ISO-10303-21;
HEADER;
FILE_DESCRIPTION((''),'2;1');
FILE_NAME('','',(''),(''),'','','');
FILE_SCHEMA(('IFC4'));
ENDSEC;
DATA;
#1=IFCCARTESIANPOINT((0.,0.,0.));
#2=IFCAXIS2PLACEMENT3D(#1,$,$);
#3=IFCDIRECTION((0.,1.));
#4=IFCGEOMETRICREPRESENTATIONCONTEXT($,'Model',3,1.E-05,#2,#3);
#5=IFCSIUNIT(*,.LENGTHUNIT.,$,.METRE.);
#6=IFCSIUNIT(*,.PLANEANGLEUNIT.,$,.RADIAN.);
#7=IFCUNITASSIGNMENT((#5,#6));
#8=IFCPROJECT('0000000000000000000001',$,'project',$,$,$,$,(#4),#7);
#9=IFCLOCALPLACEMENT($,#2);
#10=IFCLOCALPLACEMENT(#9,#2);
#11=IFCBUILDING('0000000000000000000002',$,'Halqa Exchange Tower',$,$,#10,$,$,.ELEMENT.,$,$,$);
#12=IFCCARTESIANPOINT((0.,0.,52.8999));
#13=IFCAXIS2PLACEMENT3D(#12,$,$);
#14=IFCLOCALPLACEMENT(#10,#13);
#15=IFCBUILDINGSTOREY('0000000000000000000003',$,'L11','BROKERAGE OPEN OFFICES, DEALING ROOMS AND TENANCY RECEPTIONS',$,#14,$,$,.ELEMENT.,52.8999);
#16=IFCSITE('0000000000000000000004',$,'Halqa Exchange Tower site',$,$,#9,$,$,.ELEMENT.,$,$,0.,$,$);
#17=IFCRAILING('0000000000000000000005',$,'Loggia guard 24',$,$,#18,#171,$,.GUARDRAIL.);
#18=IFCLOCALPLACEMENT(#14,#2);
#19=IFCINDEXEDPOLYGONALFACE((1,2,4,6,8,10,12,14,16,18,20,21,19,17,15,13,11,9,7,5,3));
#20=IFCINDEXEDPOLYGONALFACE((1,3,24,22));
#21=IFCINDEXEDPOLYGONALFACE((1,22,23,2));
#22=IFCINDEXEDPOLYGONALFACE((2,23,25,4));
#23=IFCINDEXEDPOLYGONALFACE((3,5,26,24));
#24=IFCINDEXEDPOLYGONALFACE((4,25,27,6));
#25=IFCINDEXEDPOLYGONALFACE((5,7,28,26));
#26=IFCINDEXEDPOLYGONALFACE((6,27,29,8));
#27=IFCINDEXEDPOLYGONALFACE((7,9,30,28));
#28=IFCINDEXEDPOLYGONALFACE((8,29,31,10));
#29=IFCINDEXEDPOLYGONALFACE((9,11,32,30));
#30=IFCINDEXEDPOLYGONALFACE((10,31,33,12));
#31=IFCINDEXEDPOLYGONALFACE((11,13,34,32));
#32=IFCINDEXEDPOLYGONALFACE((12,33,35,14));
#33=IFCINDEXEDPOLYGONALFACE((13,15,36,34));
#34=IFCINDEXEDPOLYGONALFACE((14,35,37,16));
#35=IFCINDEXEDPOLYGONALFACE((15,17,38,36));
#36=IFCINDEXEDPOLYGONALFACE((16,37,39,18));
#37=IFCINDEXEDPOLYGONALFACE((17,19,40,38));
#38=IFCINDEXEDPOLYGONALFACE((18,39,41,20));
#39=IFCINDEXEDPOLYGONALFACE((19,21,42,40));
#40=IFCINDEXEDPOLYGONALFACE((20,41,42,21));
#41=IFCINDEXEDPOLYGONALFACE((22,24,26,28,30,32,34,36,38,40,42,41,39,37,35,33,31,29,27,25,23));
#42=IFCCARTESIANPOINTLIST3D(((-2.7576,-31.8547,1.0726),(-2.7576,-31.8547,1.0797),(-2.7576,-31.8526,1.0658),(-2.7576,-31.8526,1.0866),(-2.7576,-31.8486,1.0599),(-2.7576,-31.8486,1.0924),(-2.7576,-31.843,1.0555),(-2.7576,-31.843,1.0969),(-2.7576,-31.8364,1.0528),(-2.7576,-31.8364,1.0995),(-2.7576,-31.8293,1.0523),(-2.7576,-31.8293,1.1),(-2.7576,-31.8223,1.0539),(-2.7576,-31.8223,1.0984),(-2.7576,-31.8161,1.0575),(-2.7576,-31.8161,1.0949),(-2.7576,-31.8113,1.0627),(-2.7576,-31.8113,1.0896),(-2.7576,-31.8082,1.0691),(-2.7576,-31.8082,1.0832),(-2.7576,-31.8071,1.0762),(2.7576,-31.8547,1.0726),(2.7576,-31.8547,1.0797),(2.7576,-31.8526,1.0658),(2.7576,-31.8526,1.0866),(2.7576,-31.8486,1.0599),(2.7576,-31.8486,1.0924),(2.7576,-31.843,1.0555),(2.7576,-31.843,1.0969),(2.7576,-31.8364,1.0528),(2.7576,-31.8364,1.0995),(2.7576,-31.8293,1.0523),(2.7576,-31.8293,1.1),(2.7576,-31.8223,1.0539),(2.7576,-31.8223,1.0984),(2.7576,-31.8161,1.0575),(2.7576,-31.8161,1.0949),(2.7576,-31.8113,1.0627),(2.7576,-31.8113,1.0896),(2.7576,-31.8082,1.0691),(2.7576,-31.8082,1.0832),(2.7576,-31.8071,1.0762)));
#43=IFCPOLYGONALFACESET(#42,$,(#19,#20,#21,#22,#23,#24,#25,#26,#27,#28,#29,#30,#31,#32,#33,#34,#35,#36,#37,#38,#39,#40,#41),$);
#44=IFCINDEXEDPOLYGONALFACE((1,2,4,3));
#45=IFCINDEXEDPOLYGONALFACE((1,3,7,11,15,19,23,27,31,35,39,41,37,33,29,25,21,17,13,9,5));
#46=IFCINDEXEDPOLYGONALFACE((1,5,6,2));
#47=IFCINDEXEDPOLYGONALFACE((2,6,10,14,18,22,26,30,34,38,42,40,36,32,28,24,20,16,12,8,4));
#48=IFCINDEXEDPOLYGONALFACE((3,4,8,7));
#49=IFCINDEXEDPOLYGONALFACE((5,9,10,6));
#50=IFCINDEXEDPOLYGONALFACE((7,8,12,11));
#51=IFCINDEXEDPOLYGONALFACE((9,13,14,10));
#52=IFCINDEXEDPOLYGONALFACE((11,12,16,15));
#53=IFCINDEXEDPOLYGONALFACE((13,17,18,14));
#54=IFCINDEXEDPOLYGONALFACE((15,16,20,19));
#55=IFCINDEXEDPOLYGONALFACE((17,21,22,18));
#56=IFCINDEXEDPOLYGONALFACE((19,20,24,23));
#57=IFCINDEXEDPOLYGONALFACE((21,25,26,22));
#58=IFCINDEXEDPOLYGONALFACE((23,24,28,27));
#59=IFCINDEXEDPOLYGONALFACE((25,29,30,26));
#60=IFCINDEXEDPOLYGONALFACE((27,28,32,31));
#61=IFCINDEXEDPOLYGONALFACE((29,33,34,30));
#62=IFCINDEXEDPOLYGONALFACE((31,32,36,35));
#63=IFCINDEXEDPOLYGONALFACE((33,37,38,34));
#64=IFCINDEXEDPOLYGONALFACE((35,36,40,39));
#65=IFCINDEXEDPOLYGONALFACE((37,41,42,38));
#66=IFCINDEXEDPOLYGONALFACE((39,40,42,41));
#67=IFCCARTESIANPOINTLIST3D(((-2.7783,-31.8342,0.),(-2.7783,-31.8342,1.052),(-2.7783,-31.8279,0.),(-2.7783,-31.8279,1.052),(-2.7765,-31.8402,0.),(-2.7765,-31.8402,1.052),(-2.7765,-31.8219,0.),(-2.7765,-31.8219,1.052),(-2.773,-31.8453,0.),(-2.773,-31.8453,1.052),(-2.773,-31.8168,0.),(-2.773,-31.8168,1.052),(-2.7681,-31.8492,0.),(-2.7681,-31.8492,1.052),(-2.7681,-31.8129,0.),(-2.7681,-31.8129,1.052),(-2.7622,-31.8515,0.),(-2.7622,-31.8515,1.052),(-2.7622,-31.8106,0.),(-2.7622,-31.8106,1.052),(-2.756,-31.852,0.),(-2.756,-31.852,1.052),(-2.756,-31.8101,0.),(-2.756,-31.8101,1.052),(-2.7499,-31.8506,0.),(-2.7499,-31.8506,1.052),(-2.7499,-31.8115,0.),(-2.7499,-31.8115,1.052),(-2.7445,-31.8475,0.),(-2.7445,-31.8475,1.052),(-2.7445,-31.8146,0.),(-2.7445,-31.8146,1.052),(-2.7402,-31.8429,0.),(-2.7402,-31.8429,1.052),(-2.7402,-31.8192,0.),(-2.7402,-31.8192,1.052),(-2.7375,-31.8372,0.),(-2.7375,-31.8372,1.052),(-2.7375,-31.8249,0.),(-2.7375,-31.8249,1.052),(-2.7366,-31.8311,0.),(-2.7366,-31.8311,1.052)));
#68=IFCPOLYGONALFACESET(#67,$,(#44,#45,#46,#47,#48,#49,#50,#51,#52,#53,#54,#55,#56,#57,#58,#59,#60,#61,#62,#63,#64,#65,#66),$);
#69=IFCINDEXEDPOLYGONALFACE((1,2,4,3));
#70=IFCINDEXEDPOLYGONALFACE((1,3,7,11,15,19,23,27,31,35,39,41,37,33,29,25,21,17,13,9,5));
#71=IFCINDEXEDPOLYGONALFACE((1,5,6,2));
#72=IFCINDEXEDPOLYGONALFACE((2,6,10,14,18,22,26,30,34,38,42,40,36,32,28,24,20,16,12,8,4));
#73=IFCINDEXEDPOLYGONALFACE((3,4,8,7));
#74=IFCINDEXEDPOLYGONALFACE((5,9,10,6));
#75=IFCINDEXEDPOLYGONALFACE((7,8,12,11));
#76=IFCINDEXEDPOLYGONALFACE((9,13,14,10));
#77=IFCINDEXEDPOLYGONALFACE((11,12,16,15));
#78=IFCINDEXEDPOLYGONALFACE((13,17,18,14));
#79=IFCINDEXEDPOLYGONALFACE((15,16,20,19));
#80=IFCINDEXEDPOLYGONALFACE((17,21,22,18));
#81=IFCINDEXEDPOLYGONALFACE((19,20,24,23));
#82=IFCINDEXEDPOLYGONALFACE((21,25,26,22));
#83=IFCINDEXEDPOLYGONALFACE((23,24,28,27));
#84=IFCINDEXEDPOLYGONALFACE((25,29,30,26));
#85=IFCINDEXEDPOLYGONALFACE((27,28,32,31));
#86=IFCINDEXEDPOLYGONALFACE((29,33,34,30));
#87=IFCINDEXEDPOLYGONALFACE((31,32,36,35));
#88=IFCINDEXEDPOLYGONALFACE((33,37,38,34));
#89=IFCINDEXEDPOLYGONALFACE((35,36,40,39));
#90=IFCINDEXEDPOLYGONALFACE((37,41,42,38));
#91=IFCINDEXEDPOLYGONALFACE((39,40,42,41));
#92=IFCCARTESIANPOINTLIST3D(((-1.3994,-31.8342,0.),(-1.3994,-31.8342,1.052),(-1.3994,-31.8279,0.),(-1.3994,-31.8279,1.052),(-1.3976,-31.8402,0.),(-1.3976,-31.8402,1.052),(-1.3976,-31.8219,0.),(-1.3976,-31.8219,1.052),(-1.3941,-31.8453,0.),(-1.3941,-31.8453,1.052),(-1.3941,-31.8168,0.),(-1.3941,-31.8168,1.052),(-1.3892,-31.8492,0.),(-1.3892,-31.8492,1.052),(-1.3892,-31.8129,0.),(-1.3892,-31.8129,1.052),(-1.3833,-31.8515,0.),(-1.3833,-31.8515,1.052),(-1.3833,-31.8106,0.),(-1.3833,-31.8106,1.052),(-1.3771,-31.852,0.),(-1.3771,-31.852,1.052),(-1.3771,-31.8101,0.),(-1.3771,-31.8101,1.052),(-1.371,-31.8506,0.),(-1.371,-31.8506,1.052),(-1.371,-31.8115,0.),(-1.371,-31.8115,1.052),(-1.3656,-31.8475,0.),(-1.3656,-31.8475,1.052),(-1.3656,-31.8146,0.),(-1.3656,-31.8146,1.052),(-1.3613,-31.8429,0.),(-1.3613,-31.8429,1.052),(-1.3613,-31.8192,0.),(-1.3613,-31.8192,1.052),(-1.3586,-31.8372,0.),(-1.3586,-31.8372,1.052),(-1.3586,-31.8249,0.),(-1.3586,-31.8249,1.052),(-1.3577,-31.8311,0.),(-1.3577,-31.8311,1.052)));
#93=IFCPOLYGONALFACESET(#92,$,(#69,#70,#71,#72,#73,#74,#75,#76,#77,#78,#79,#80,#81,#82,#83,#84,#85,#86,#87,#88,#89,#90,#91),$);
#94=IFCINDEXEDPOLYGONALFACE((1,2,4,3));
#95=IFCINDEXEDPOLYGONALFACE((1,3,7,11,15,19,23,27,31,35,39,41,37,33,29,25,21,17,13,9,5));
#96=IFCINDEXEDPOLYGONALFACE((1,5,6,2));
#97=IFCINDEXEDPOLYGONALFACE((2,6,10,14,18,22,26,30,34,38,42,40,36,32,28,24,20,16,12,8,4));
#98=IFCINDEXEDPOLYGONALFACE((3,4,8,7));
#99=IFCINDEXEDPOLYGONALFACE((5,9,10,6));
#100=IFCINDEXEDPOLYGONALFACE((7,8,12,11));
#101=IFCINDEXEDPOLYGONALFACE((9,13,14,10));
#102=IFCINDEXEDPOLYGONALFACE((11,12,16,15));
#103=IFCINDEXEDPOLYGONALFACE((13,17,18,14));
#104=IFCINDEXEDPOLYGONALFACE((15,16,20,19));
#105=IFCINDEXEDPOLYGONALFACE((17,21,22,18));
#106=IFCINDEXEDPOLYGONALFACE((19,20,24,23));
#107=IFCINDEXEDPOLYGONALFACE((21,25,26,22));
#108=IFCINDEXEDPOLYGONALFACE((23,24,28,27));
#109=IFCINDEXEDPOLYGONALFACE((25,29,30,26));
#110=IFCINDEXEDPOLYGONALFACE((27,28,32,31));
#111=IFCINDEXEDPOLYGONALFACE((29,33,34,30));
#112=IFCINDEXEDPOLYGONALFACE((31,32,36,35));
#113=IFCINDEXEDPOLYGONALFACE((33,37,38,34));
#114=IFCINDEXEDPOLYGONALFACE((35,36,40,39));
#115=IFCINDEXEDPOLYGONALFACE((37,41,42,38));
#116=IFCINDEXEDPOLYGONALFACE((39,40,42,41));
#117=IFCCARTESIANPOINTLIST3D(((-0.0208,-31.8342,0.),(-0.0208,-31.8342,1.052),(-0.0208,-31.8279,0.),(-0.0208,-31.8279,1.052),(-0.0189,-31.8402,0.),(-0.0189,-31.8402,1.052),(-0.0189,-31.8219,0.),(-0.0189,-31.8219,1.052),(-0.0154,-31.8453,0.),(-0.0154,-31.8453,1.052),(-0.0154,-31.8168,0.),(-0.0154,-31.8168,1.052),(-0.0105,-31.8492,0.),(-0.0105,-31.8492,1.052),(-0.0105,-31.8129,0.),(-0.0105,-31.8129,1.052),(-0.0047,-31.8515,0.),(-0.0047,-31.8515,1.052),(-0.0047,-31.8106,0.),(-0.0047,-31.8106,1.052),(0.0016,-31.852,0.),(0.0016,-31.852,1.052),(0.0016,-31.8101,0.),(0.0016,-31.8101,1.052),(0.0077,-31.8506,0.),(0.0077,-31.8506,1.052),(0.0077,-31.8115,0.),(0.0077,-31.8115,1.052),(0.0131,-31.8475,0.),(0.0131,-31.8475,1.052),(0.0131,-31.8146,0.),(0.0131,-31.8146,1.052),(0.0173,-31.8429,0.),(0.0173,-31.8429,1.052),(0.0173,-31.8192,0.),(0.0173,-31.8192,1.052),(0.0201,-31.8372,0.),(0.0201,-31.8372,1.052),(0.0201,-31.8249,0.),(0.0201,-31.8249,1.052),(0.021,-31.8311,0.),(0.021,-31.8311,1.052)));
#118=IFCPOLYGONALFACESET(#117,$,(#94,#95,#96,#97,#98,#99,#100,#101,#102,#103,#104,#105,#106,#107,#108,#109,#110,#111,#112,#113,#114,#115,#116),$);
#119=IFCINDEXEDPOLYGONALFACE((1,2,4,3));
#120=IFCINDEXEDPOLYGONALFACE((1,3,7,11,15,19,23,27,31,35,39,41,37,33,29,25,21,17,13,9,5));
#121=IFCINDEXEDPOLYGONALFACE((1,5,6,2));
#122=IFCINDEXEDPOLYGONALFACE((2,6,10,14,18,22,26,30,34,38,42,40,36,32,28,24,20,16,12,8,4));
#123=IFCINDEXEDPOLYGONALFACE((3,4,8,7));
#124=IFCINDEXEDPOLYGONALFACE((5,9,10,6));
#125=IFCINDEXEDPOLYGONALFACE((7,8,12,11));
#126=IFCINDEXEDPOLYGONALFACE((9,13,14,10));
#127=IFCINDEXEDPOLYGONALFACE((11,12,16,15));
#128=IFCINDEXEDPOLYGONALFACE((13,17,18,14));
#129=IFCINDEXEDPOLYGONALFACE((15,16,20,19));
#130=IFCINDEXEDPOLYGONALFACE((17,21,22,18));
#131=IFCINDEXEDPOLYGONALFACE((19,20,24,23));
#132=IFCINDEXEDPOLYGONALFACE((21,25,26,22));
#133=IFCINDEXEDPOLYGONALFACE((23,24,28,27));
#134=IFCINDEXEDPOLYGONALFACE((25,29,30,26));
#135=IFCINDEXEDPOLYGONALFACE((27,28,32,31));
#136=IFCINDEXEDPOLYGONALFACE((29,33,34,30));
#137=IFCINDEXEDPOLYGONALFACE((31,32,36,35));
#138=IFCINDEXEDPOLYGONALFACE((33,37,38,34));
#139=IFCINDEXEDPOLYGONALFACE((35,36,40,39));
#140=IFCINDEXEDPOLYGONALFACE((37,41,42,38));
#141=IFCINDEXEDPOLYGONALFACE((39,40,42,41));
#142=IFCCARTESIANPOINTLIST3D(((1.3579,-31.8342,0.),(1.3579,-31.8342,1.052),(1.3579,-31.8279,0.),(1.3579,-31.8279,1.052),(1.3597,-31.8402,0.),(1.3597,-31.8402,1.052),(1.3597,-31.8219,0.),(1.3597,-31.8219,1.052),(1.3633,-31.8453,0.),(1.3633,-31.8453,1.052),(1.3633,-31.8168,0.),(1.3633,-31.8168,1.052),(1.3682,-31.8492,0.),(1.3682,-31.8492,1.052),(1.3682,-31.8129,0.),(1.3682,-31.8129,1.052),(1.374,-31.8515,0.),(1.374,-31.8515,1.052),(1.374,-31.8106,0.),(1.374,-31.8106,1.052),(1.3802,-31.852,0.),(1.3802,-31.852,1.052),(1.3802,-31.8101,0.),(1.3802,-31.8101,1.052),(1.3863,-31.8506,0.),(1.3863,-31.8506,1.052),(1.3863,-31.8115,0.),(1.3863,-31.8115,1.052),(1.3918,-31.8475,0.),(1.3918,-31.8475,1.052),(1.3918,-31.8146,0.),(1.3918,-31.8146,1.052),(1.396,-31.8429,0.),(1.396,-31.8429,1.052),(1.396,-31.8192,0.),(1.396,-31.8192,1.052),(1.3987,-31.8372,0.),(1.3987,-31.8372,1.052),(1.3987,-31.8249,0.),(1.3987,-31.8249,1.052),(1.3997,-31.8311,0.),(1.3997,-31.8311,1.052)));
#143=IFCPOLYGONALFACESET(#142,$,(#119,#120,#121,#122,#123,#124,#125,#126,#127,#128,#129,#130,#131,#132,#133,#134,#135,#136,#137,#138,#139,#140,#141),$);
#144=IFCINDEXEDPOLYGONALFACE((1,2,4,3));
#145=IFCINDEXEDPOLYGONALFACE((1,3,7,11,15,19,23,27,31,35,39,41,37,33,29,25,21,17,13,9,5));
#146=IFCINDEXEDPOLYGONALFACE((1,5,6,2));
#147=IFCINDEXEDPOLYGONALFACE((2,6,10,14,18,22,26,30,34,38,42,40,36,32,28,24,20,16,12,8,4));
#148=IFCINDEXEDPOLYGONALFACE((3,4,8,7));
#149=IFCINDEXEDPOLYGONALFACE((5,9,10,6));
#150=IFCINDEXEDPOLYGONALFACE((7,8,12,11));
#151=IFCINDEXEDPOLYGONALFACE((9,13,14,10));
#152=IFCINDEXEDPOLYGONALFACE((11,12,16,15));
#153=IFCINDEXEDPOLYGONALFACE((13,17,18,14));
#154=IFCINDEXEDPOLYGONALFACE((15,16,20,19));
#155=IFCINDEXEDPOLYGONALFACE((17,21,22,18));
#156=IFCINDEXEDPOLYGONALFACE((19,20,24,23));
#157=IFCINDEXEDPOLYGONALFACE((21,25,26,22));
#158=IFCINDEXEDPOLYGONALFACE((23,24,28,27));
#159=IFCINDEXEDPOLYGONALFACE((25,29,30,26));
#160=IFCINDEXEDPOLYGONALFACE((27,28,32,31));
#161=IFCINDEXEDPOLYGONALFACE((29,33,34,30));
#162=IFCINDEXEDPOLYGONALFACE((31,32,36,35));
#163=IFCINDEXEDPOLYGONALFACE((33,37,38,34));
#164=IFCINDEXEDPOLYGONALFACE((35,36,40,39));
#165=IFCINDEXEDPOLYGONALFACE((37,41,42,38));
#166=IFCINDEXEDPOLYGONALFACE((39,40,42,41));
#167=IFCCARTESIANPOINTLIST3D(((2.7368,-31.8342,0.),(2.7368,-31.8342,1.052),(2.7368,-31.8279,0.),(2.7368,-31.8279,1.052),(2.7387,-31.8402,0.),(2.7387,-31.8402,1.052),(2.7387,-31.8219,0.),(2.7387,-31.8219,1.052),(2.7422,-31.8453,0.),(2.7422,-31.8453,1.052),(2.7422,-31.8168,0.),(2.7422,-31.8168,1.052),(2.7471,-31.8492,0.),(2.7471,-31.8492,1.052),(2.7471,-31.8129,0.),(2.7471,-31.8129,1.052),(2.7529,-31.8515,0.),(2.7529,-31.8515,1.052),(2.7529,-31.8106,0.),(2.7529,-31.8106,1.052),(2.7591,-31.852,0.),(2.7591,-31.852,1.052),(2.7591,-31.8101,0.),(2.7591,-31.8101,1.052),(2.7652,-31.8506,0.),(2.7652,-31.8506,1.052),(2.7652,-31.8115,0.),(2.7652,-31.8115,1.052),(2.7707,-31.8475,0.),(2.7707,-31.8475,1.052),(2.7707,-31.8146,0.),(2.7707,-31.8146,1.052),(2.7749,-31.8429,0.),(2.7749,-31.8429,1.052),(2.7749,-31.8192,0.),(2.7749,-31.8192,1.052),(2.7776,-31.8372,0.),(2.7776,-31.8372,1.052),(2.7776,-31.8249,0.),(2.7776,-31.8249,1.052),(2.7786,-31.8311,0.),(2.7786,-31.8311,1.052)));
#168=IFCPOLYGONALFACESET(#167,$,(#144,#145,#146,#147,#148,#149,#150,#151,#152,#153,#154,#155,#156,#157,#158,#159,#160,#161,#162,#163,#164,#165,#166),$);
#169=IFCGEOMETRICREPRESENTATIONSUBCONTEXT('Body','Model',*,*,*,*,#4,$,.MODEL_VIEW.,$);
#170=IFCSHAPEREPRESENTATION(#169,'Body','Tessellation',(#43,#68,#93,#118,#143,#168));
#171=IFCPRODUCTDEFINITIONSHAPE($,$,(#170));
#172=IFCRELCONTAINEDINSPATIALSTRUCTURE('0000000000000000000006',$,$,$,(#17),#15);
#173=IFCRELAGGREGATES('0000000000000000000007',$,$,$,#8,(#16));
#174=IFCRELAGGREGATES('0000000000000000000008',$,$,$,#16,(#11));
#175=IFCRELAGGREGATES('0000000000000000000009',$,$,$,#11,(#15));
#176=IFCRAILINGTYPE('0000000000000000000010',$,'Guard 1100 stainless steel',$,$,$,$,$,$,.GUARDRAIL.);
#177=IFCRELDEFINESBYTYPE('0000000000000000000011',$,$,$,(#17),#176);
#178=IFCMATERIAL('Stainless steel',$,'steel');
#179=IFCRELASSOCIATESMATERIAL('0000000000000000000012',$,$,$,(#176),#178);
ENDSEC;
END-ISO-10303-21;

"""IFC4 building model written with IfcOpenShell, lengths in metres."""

from ifc_helpers import new_model, si_unit, direction, frame, origin, origin_2d, place, context, subcontext, project, spatial, circle, extrude, material, type_object, element, save


model = new_model("IFC4")

# Units and contexts
model_context = context("Model", 3, precision=1e-05, world=origin(), true_north=direction((0.0, 1.0)))
body_context = subcontext(model_context, "Body", "Model", "MODEL_VIEW")
ifc_project = project(units=[si_unit("LENGTHUNIT", "METRE"), si_unit("PLANEANGLEUNIT", "RADIAN")], contexts=[model_context])

# Site, building, storey
site_placement = place(None, origin())
site = spatial("IfcSite", under=ifc_project, at=site_placement, Name="Halqa Exchange Tower site", CompositionType="ELEMENT", RefElevation=0.0)
building_placement = place(site_placement, origin())
building = spatial("IfcBuilding", under=site, at=building_placement, Name="Halqa Exchange Tower", CompositionType="ELEMENT")
storey_placement = place(building_placement, frame((0.0, 0.0, 52.8999)))
storey = spatial("IfcBuildingStorey", under=building, at=storey_placement, Name="L11", Description="BROKERAGE OPEN OFFICES, DEALING ROOMS AND TENANCY RECEPTIONS", CompositionType="ELEMENT", Elevation=52.8999)

# Railing
ifc_material_1 = material(Name="Stainless steel", Category="steel")
railing_type = type_object("IfcRailingType", Name="Guard 1100 stainless steel", PredefinedType="GUARDRAIL", material=ifc_material_1)
railing_1_placement = place(storey_placement, frame((-2.7576, -31.8311, 0.0)))
element("IfcRailing", 1, at=railing_1_placement, inside=storey, type_object=railing_type, Name="Loggia guard 24", PredefinedType="GUARDRAIL", context=body_context, shape_type="SweptSolid", body=[
    extrude(circle(Radius=0.0239, at=origin_2d()), frame((0.0, 0.0, 1.0762), z_axis=(1.0, 0.0, 0.0), x_axis=(0.0, 1.0, 0.0)), (0.0, 0.0, 1.0), 5.5151),
    extrude(circle(Radius=0.021, at=origin_2d()), origin(), (0.0, 0.0, 1.0), 1.052),
    extrude(circle(Radius=0.021, at=origin_2d()), frame((1.3789, 0.0, 0.0)), (0.0, 0.0, 1.0), 1.052),
    extrude(circle(Radius=0.021, at=origin_2d()), frame((2.7576, 0.0, 0.0)), (0.0, 0.0, 1.0), 1.052),
    extrude(circle(Radius=0.021, at=origin_2d()), frame((4.1362, 0.0, 0.0)), (0.0, 0.0, 1.0), 1.052),
    extrude(circle(Radius=0.021, at=origin_2d()), frame((5.5151, 0.0, 0.0)), (0.0, 0.0, 1.0), 1.052),
])

save(model, "model.ifc")
